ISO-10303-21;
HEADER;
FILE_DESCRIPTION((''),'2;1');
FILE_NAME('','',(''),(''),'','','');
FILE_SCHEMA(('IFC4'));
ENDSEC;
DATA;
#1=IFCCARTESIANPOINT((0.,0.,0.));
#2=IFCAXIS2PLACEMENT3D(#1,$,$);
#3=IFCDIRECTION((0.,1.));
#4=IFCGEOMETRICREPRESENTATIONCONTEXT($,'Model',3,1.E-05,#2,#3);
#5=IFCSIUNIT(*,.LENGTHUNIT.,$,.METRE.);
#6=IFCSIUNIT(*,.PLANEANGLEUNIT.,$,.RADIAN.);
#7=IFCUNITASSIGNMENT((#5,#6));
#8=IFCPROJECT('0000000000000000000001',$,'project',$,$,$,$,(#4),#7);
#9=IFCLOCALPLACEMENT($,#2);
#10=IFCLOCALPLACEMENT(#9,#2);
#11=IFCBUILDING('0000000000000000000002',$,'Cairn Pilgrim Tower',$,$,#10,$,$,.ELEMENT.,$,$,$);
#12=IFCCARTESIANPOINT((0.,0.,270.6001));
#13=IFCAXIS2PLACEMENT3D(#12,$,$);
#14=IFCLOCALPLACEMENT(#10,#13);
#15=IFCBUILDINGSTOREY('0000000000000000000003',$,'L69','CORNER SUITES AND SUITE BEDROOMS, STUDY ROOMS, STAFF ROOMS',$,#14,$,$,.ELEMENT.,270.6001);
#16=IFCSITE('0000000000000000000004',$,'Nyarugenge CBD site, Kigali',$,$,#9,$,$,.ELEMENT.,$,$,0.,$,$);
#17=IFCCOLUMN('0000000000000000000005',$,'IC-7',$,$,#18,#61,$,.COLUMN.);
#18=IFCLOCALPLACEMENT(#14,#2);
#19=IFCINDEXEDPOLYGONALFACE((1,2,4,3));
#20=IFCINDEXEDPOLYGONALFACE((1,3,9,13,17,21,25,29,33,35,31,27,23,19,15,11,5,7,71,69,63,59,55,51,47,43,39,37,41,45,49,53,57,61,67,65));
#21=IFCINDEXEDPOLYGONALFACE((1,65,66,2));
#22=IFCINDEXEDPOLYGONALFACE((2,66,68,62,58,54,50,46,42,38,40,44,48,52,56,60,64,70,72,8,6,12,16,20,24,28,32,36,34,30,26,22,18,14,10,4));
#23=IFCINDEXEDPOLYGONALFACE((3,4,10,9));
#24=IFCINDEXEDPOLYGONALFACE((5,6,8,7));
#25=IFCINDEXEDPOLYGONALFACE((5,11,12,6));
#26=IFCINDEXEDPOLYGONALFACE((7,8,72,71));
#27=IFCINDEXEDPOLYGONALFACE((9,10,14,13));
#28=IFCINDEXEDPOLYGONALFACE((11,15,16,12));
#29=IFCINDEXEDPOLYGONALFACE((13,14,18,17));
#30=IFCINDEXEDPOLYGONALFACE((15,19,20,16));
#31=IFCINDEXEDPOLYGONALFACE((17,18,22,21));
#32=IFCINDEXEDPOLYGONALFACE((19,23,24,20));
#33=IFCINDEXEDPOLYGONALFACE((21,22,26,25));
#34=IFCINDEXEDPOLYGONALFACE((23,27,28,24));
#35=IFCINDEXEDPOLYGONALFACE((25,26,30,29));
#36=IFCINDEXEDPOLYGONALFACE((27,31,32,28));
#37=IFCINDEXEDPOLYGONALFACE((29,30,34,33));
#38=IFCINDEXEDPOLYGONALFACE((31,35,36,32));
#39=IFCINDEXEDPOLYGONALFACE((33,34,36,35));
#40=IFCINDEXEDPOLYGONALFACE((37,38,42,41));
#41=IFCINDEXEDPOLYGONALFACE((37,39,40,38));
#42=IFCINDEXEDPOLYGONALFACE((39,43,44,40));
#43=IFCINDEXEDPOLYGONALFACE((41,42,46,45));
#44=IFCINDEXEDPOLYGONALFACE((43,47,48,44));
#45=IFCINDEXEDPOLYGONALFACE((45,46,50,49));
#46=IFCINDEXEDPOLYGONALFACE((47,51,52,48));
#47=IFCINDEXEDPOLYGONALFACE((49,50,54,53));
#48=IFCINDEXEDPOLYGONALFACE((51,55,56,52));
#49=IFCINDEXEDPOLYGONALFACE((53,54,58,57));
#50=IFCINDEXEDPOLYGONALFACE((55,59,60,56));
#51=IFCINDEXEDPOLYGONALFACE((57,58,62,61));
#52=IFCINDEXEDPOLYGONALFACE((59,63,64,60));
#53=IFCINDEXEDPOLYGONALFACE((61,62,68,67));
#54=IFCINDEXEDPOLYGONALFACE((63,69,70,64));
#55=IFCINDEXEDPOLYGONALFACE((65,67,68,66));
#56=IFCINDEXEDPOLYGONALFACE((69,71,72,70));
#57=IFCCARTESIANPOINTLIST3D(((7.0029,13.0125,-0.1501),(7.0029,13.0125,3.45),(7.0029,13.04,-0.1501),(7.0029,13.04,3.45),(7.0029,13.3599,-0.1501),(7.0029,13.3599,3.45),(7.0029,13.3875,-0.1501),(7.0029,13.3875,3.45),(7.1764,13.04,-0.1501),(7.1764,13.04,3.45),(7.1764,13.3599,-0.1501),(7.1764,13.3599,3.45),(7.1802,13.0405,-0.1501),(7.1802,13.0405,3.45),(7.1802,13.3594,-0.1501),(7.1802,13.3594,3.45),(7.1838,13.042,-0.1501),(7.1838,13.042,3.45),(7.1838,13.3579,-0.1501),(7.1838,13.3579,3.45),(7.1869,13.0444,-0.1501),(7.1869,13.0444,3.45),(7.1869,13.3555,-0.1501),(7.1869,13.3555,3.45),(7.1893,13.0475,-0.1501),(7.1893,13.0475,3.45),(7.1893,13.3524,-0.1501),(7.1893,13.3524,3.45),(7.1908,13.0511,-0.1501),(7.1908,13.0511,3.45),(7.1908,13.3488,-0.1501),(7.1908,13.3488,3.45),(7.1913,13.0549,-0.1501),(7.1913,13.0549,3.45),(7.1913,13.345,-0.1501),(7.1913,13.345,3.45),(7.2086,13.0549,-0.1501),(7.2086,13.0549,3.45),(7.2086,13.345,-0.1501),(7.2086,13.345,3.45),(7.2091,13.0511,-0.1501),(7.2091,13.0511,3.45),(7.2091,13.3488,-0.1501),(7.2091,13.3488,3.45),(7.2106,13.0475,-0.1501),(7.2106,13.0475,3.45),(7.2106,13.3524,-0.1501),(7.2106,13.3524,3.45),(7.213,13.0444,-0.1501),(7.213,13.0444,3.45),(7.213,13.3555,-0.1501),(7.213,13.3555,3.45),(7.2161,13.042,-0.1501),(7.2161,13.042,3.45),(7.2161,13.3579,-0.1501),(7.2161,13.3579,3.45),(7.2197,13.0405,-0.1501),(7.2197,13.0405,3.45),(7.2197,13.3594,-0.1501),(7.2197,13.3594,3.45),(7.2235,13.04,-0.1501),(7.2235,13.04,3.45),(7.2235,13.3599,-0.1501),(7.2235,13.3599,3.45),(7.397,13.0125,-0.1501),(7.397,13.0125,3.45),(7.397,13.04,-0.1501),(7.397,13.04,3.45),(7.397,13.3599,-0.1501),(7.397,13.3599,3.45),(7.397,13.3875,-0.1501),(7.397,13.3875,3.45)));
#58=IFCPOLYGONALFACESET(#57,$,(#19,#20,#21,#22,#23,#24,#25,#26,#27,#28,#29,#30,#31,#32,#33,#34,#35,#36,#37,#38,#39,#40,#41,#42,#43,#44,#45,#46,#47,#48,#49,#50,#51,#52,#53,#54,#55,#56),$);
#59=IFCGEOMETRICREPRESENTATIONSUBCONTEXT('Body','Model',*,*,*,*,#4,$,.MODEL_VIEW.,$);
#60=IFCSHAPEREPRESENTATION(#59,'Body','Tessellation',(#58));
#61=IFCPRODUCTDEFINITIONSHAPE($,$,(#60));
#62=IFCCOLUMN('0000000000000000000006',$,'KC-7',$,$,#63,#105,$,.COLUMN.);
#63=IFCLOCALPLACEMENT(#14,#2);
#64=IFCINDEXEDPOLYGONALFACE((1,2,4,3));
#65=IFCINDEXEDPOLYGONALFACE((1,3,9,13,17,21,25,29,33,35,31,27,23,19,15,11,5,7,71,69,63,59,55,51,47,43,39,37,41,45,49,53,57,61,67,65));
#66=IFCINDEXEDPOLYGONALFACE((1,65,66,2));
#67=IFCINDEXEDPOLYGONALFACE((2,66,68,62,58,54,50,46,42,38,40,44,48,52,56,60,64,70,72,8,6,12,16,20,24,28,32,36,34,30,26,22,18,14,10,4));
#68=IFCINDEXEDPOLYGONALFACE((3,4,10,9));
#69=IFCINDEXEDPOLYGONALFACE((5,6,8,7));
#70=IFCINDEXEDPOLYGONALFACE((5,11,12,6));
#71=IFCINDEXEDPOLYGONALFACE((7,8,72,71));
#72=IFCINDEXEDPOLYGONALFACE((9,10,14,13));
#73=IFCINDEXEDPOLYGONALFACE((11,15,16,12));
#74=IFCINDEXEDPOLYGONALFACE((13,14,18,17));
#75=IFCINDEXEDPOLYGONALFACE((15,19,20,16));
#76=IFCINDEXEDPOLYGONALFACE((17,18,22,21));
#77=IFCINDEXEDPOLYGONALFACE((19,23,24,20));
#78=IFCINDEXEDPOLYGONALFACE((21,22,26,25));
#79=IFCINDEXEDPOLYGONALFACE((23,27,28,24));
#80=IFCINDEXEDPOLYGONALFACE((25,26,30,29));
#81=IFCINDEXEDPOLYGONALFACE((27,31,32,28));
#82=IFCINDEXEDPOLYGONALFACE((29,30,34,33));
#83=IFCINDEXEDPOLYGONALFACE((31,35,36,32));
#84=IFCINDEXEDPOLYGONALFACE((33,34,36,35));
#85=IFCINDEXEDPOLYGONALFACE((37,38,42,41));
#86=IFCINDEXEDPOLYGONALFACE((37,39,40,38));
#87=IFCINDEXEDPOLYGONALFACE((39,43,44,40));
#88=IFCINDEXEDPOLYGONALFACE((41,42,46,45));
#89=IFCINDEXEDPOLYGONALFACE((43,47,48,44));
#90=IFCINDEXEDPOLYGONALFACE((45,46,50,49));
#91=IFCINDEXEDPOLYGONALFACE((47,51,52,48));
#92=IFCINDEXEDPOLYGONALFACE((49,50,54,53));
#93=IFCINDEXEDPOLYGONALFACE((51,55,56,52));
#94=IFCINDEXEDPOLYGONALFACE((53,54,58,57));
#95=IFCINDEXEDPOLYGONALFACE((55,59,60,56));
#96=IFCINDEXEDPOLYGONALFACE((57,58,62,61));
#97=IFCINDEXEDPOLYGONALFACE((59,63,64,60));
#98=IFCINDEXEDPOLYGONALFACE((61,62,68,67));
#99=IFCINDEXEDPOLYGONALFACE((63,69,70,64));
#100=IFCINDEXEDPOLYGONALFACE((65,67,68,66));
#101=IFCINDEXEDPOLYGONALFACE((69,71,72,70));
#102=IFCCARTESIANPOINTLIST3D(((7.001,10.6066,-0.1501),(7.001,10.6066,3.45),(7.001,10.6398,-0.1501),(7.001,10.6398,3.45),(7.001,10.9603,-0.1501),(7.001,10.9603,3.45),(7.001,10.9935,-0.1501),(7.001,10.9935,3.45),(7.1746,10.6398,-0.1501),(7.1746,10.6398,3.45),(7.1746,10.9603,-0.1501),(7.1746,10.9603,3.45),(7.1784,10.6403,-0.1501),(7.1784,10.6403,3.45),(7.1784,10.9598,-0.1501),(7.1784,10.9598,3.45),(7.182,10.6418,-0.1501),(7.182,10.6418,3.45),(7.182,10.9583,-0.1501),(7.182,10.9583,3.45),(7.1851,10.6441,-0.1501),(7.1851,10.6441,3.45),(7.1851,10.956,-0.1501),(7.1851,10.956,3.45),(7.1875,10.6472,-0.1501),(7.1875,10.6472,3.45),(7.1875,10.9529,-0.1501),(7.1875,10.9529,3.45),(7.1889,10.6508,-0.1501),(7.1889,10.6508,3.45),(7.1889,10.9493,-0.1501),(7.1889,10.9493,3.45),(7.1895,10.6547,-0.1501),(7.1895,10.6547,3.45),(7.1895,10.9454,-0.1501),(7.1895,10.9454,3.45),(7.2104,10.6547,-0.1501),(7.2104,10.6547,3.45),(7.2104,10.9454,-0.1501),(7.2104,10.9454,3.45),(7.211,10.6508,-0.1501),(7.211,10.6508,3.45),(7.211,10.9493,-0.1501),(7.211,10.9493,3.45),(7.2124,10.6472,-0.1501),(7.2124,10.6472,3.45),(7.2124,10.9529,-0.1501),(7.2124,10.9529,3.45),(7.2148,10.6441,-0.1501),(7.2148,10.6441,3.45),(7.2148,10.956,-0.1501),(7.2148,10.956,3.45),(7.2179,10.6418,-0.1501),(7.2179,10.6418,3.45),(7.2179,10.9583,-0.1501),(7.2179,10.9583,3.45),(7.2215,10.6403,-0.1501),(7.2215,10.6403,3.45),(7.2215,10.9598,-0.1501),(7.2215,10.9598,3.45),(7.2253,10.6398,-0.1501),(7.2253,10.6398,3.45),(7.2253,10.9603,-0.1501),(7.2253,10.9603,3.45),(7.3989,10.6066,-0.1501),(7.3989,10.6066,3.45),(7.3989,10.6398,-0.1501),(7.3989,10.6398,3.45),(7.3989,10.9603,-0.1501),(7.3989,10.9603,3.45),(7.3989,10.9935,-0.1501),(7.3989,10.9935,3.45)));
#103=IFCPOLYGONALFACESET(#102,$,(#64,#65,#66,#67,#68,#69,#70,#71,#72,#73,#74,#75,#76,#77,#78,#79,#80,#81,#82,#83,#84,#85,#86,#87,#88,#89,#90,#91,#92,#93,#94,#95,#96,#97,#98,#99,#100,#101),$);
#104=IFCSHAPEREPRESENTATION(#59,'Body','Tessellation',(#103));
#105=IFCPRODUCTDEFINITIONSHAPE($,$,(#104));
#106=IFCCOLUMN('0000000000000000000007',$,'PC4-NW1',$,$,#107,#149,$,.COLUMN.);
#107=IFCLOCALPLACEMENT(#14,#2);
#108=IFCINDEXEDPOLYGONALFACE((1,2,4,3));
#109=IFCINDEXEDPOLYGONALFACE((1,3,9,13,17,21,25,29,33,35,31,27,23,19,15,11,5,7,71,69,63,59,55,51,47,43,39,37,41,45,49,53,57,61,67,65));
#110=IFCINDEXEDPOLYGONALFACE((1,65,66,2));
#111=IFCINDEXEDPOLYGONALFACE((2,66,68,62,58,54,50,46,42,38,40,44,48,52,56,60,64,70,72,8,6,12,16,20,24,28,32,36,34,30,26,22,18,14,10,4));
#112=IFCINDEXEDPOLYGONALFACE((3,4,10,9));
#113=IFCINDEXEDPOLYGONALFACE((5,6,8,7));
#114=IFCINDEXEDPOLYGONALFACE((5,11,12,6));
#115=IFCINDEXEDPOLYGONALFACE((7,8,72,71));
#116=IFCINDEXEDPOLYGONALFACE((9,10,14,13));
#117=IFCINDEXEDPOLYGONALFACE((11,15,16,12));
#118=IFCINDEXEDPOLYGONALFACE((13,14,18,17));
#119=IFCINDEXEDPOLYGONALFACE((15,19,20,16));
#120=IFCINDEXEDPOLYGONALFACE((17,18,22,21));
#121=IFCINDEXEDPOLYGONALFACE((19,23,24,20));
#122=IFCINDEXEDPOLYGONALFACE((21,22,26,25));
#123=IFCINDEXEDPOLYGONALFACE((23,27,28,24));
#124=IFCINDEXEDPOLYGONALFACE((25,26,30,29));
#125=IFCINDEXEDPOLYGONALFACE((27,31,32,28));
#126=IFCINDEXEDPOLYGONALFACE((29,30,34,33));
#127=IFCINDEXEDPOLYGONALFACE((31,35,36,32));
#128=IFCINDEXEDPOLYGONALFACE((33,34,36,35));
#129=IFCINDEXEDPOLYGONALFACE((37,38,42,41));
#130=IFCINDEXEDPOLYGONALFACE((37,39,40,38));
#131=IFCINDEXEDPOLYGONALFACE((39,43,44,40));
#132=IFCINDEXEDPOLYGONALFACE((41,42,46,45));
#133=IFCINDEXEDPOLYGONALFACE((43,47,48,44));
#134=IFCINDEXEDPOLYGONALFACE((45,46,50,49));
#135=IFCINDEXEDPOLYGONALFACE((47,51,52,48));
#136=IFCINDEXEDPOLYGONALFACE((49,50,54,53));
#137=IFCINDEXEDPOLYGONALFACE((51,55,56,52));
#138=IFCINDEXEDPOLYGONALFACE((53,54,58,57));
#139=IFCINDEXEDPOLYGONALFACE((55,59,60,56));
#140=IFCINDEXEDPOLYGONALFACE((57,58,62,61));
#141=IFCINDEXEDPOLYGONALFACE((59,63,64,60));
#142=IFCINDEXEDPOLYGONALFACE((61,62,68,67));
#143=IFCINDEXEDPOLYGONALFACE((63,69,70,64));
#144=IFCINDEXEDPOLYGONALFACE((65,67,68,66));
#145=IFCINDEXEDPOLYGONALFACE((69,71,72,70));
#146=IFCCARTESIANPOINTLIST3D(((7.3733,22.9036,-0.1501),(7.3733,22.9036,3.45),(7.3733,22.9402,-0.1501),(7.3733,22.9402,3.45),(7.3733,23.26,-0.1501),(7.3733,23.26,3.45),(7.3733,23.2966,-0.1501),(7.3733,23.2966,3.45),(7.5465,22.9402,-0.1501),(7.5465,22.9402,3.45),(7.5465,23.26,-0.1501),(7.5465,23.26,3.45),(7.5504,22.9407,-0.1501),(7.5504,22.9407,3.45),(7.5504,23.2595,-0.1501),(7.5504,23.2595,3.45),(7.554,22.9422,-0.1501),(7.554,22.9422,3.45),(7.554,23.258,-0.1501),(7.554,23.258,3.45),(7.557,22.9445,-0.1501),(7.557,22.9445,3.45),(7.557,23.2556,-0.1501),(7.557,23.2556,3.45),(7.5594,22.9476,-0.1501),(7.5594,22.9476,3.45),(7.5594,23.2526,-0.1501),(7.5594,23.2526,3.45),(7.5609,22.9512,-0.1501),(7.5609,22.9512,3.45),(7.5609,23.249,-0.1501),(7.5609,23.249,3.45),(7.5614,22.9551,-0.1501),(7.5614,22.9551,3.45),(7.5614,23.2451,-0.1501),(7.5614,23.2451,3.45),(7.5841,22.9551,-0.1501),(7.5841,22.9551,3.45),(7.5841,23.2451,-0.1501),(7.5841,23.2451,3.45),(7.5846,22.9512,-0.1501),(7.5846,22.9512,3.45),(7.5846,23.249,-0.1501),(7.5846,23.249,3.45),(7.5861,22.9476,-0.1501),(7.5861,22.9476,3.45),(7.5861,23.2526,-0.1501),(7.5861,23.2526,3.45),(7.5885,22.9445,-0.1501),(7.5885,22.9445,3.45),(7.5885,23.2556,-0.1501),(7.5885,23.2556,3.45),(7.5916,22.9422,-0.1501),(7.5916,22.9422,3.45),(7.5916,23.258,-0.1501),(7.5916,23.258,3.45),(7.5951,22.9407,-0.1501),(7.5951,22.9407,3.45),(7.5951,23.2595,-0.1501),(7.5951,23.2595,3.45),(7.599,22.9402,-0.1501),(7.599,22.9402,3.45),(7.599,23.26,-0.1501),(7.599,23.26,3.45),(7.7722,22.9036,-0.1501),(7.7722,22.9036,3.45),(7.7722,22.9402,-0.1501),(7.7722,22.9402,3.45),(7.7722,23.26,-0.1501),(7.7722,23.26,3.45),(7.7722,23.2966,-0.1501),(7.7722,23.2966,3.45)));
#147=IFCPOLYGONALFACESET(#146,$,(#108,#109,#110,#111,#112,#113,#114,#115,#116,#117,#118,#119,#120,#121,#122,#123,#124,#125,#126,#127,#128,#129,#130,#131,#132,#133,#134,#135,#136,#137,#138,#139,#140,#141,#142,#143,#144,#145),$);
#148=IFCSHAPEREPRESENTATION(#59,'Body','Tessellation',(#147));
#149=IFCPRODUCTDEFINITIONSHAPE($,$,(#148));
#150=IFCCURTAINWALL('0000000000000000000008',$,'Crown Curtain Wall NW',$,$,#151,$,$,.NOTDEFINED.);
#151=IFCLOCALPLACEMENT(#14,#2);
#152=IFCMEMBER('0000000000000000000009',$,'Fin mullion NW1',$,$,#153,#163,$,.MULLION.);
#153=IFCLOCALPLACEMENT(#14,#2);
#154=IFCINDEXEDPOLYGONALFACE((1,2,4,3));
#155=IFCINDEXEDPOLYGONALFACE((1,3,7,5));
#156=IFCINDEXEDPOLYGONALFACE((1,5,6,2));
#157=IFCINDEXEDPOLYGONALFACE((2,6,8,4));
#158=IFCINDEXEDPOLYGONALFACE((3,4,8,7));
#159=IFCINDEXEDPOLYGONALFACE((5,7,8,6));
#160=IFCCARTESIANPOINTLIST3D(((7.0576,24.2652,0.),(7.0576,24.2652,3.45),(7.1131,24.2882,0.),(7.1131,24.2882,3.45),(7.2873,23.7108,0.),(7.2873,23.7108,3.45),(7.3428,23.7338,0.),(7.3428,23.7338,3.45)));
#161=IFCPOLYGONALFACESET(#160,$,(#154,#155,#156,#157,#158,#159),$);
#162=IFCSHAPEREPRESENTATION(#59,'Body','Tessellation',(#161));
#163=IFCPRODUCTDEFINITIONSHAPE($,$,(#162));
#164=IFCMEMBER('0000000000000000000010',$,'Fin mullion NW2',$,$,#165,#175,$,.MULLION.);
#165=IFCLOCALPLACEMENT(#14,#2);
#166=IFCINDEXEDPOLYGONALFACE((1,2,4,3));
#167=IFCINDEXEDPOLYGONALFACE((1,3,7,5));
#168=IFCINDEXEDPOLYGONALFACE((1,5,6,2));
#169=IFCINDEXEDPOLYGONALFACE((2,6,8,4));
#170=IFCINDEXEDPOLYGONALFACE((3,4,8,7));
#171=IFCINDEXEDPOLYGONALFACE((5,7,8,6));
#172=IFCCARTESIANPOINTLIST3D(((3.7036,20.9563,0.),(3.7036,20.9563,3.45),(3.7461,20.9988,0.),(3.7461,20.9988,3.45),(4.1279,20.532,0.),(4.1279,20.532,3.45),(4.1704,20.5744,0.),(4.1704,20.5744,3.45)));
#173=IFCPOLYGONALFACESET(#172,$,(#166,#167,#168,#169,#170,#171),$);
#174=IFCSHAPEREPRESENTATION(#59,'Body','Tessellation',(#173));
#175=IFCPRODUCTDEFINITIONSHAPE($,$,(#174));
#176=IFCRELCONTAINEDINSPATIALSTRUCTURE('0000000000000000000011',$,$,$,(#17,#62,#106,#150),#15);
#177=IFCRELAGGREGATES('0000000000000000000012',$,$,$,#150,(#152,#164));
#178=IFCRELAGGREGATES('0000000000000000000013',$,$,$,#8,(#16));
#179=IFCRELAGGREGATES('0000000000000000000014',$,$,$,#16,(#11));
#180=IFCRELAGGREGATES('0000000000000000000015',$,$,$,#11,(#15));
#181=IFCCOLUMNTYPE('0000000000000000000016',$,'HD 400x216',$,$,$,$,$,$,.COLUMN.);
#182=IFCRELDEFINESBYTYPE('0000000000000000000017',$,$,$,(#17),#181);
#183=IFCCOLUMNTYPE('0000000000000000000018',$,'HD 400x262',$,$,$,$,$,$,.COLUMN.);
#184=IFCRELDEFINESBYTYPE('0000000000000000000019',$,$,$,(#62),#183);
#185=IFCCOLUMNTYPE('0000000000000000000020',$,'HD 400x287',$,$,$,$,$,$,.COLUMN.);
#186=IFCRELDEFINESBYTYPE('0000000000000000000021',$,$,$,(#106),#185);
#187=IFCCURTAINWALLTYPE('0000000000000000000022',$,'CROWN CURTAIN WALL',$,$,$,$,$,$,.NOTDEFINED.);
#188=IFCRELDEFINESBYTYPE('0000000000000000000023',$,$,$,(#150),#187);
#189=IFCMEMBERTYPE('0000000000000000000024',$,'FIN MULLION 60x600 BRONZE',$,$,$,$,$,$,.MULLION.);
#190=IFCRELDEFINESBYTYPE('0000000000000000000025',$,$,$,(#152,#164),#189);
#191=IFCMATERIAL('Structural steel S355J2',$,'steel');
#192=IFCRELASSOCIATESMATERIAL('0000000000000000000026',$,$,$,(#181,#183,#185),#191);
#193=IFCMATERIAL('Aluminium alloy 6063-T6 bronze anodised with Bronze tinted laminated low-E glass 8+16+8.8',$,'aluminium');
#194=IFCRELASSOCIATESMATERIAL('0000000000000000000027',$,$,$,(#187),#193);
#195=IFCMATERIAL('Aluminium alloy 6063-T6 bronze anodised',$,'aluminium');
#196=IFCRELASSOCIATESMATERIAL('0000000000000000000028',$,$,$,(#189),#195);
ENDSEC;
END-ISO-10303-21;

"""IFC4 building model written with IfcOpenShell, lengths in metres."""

from ifc_helpers import new_model, si_unit, direction, frame, origin, origin_2d, place, context, subcontext, project, spatial, rectangle, i_section, extrude, material, material_profile, profile_set, type_object, element, aggregate, save


model = new_model("IFC4")

# Units and contexts
model_context = context("Model", 3, precision=1e-05, world=origin(), true_north=direction((0.0, 1.0)))
body_context = subcontext(model_context, "Body", "Model", "MODEL_VIEW")
ifc_project = project(units=[si_unit("LENGTHUNIT", "METRE"), si_unit("PLANEANGLEUNIT", "RADIAN")], contexts=[model_context])

# Site, building, storey
site_placement = place(None, origin())
site = spatial("IfcSite", under=ifc_project, at=site_placement, Name="Nyarugenge CBD site, Kigali", CompositionType="ELEMENT", RefElevation=0.0)
building_placement = place(site_placement, origin())
building = spatial("IfcBuilding", under=site, at=building_placement, Name="Cairn Pilgrim Tower", CompositionType="ELEMENT")
storey_placement = place(building_placement, frame((0.0, 0.0, 270.6001)))
storey = spatial("IfcBuildingStorey", under=building, at=storey_placement, Name="L69", Description="CORNER SUITES AND SUITE BEDROOMS, STUDY ROOMS, STAFF ROOMS", CompositionType="ELEMENT", Elevation=270.6001)

# Columns
ifc_material_1 = material(Name="Structural steel S355J2", Category="steel")
ifc_material_profile_1 = material_profile(ifc_material_1, i_section(OverallWidth=0.394, OverallDepth=0.375, WebThickness=0.0173, FlangeThickness=0.0276, FilletRadius=0.0149, at=origin_2d()), Name="HD 400x216")
ifc_profile_set_1 = profile_set([ifc_material_profile_1], Name="Structural steel S355J2")
column_type_1 = type_object("IfcColumnType", Name="HD 400x216", PredefinedType="COLUMN", material=ifc_profile_set_1)
column_1_placement = place(storey_placement, frame((7.2, 13.2, -0.1501), z_axis=(0.0, 0.0, 1.0), x_axis=(1.0, 0.0, 0.0)))
element("IfcColumn", 1, at=column_1_placement, inside=storey, type_object=column_type_1, Name="IC-7", PredefinedType="COLUMN", context=body_context, shape_type="SweptSolid", body=[
    extrude(i_section(OverallWidth=0.394, OverallDepth=0.375, WebThickness=0.0173, FlangeThickness=0.0276, FilletRadius=0.0149, at=origin_2d()), origin(), (0.0, 0.0, 1.0), 3.6001),
])
ifc_material_profile_2 = material_profile(ifc_material_1, i_section(OverallWidth=0.3979, OverallDepth=0.387, WebThickness=0.021, FlangeThickness=0.0332, FilletRadius=0.0149, at=origin_2d()), Name="HD 400x262")
ifc_profile_set_2 = profile_set([ifc_material_profile_2], Name="Structural steel S355J2")
column_type_2 = type_object("IfcColumnType", Name="HD 400x262", PredefinedType="COLUMN", material=ifc_profile_set_2)
column_2_placement = place(storey_placement, frame((7.2, 10.8, -0.1501), z_axis=(0.0, 0.0, 1.0), x_axis=(1.0, 0.0, 0.0)))
element("IfcColumn", 2, at=column_2_placement, inside=storey, type_object=column_type_2, Name="KC-7", PredefinedType="COLUMN", context=body_context, shape_type="SweptSolid", body=[
    extrude(i_section(OverallWidth=0.3979, OverallDepth=0.387, WebThickness=0.021, FlangeThickness=0.0332, FilletRadius=0.0149, at=origin_2d()), origin(), (0.0, 0.0, 1.0), 3.6001),
])
ifc_material_profile_3 = material_profile(ifc_material_1, i_section(OverallWidth=0.3989, OverallDepth=0.3931, WebThickness=0.0227, FlangeThickness=0.0366, FilletRadius=0.0149, at=origin_2d()), Name="HD 400x287")
ifc_profile_set_3 = profile_set([ifc_material_profile_3], Name="Structural steel S355J2")
column_type_3 = type_object("IfcColumnType", Name="HD 400x287", PredefinedType="COLUMN", material=ifc_profile_set_3)
column_3_placement = place(storey_placement, frame((7.5728, 23.1001, -0.1501), z_axis=(0.0, 0.0, 1.0), x_axis=(1.0, 0.0, 0.0)))
element("IfcColumn", 3, at=column_3_placement, inside=storey, type_object=column_type_3, Name="PC4-NW1", PredefinedType="COLUMN", context=body_context, shape_type="SweptSolid", body=[
    extrude(i_section(OverallWidth=0.3989, OverallDepth=0.3931, WebThickness=0.0227, FlangeThickness=0.0366, FilletRadius=0.0149, at=origin_2d()), origin(), (0.0, 0.0, 1.0), 3.6001),
])

# Curtain wall, members
ifc_material_2 = material(Name="Aluminium alloy 6063-T6 bronze anodised with Bronze tinted laminated low-E glass 8+16+8.8", Category="aluminium")
curtain_wall_type = type_object("IfcCurtainWallType", Name="CROWN CURTAIN WALL", PredefinedType="NOTDEFINED", material=ifc_material_2)
curtain_wall_1_placement = place(storey_placement, origin())
curtain_wall_1 = element("IfcCurtainWall", 4, at=curtain_wall_1_placement, inside=storey, type_object=curtain_wall_type, Name="Crown Curtain Wall NW", PredefinedType="NOTDEFINED")
ifc_material_3 = material(Name="Aluminium alloy 6063-T6 bronze anodised", Category="aluminium")
ifc_material_profile_4 = material_profile(ifc_material_3, rectangle(XDim=0.6001, YDim=0.0601, at=origin_2d()), Name="FIN MULLION 60x600 BRONZE")
ifc_profile_set_4 = profile_set([ifc_material_profile_4], Name="Aluminium alloy 6063-T6 bronze anodised")
member_type_1 = type_object("IfcMemberType", Name="FIN MULLION 60x600 BRONZE", PredefinedType="MULLION", material=ifc_profile_set_4)
member_1_placement = place(storey_placement, frame((7.2002, 23.9995, 0.0), z_axis=(0.0, 0.0, 1.0), x_axis=(-0.382683, 0.92388, 0.0)))
member_1 = element("IfcMember", 5, at=member_1_placement, type_object=member_type_1, Name="Fin mullion NW1", PredefinedType="MULLION", context=body_context, shape_type="SweptSolid", body=[
    extrude(rectangle(XDim=0.6001, YDim=0.0601, at=origin_2d()), origin(), (0.0, 0.0, 1.0), 3.45),
])
member_2_placement = place(storey_placement, frame((3.937, 20.7654, 0.0), z_axis=(0.0, 0.0, 1.0), x_axis=(-0.707107, 0.707107, 0.0)))
member_2 = element("IfcMember", 6, at=member_2_placement, type_object=member_type_1, Name="Fin mullion NW2", PredefinedType="MULLION", context=body_context, shape_type="SweptSolid", body=[
    extrude(rectangle(XDim=0.6001, YDim=0.0601, at=origin_2d()), origin(), (0.0, 0.0, 1.0), 3.45),
])
aggregate(curtain_wall_1, [member_1, member_2])

save(model, "model.ifc")
